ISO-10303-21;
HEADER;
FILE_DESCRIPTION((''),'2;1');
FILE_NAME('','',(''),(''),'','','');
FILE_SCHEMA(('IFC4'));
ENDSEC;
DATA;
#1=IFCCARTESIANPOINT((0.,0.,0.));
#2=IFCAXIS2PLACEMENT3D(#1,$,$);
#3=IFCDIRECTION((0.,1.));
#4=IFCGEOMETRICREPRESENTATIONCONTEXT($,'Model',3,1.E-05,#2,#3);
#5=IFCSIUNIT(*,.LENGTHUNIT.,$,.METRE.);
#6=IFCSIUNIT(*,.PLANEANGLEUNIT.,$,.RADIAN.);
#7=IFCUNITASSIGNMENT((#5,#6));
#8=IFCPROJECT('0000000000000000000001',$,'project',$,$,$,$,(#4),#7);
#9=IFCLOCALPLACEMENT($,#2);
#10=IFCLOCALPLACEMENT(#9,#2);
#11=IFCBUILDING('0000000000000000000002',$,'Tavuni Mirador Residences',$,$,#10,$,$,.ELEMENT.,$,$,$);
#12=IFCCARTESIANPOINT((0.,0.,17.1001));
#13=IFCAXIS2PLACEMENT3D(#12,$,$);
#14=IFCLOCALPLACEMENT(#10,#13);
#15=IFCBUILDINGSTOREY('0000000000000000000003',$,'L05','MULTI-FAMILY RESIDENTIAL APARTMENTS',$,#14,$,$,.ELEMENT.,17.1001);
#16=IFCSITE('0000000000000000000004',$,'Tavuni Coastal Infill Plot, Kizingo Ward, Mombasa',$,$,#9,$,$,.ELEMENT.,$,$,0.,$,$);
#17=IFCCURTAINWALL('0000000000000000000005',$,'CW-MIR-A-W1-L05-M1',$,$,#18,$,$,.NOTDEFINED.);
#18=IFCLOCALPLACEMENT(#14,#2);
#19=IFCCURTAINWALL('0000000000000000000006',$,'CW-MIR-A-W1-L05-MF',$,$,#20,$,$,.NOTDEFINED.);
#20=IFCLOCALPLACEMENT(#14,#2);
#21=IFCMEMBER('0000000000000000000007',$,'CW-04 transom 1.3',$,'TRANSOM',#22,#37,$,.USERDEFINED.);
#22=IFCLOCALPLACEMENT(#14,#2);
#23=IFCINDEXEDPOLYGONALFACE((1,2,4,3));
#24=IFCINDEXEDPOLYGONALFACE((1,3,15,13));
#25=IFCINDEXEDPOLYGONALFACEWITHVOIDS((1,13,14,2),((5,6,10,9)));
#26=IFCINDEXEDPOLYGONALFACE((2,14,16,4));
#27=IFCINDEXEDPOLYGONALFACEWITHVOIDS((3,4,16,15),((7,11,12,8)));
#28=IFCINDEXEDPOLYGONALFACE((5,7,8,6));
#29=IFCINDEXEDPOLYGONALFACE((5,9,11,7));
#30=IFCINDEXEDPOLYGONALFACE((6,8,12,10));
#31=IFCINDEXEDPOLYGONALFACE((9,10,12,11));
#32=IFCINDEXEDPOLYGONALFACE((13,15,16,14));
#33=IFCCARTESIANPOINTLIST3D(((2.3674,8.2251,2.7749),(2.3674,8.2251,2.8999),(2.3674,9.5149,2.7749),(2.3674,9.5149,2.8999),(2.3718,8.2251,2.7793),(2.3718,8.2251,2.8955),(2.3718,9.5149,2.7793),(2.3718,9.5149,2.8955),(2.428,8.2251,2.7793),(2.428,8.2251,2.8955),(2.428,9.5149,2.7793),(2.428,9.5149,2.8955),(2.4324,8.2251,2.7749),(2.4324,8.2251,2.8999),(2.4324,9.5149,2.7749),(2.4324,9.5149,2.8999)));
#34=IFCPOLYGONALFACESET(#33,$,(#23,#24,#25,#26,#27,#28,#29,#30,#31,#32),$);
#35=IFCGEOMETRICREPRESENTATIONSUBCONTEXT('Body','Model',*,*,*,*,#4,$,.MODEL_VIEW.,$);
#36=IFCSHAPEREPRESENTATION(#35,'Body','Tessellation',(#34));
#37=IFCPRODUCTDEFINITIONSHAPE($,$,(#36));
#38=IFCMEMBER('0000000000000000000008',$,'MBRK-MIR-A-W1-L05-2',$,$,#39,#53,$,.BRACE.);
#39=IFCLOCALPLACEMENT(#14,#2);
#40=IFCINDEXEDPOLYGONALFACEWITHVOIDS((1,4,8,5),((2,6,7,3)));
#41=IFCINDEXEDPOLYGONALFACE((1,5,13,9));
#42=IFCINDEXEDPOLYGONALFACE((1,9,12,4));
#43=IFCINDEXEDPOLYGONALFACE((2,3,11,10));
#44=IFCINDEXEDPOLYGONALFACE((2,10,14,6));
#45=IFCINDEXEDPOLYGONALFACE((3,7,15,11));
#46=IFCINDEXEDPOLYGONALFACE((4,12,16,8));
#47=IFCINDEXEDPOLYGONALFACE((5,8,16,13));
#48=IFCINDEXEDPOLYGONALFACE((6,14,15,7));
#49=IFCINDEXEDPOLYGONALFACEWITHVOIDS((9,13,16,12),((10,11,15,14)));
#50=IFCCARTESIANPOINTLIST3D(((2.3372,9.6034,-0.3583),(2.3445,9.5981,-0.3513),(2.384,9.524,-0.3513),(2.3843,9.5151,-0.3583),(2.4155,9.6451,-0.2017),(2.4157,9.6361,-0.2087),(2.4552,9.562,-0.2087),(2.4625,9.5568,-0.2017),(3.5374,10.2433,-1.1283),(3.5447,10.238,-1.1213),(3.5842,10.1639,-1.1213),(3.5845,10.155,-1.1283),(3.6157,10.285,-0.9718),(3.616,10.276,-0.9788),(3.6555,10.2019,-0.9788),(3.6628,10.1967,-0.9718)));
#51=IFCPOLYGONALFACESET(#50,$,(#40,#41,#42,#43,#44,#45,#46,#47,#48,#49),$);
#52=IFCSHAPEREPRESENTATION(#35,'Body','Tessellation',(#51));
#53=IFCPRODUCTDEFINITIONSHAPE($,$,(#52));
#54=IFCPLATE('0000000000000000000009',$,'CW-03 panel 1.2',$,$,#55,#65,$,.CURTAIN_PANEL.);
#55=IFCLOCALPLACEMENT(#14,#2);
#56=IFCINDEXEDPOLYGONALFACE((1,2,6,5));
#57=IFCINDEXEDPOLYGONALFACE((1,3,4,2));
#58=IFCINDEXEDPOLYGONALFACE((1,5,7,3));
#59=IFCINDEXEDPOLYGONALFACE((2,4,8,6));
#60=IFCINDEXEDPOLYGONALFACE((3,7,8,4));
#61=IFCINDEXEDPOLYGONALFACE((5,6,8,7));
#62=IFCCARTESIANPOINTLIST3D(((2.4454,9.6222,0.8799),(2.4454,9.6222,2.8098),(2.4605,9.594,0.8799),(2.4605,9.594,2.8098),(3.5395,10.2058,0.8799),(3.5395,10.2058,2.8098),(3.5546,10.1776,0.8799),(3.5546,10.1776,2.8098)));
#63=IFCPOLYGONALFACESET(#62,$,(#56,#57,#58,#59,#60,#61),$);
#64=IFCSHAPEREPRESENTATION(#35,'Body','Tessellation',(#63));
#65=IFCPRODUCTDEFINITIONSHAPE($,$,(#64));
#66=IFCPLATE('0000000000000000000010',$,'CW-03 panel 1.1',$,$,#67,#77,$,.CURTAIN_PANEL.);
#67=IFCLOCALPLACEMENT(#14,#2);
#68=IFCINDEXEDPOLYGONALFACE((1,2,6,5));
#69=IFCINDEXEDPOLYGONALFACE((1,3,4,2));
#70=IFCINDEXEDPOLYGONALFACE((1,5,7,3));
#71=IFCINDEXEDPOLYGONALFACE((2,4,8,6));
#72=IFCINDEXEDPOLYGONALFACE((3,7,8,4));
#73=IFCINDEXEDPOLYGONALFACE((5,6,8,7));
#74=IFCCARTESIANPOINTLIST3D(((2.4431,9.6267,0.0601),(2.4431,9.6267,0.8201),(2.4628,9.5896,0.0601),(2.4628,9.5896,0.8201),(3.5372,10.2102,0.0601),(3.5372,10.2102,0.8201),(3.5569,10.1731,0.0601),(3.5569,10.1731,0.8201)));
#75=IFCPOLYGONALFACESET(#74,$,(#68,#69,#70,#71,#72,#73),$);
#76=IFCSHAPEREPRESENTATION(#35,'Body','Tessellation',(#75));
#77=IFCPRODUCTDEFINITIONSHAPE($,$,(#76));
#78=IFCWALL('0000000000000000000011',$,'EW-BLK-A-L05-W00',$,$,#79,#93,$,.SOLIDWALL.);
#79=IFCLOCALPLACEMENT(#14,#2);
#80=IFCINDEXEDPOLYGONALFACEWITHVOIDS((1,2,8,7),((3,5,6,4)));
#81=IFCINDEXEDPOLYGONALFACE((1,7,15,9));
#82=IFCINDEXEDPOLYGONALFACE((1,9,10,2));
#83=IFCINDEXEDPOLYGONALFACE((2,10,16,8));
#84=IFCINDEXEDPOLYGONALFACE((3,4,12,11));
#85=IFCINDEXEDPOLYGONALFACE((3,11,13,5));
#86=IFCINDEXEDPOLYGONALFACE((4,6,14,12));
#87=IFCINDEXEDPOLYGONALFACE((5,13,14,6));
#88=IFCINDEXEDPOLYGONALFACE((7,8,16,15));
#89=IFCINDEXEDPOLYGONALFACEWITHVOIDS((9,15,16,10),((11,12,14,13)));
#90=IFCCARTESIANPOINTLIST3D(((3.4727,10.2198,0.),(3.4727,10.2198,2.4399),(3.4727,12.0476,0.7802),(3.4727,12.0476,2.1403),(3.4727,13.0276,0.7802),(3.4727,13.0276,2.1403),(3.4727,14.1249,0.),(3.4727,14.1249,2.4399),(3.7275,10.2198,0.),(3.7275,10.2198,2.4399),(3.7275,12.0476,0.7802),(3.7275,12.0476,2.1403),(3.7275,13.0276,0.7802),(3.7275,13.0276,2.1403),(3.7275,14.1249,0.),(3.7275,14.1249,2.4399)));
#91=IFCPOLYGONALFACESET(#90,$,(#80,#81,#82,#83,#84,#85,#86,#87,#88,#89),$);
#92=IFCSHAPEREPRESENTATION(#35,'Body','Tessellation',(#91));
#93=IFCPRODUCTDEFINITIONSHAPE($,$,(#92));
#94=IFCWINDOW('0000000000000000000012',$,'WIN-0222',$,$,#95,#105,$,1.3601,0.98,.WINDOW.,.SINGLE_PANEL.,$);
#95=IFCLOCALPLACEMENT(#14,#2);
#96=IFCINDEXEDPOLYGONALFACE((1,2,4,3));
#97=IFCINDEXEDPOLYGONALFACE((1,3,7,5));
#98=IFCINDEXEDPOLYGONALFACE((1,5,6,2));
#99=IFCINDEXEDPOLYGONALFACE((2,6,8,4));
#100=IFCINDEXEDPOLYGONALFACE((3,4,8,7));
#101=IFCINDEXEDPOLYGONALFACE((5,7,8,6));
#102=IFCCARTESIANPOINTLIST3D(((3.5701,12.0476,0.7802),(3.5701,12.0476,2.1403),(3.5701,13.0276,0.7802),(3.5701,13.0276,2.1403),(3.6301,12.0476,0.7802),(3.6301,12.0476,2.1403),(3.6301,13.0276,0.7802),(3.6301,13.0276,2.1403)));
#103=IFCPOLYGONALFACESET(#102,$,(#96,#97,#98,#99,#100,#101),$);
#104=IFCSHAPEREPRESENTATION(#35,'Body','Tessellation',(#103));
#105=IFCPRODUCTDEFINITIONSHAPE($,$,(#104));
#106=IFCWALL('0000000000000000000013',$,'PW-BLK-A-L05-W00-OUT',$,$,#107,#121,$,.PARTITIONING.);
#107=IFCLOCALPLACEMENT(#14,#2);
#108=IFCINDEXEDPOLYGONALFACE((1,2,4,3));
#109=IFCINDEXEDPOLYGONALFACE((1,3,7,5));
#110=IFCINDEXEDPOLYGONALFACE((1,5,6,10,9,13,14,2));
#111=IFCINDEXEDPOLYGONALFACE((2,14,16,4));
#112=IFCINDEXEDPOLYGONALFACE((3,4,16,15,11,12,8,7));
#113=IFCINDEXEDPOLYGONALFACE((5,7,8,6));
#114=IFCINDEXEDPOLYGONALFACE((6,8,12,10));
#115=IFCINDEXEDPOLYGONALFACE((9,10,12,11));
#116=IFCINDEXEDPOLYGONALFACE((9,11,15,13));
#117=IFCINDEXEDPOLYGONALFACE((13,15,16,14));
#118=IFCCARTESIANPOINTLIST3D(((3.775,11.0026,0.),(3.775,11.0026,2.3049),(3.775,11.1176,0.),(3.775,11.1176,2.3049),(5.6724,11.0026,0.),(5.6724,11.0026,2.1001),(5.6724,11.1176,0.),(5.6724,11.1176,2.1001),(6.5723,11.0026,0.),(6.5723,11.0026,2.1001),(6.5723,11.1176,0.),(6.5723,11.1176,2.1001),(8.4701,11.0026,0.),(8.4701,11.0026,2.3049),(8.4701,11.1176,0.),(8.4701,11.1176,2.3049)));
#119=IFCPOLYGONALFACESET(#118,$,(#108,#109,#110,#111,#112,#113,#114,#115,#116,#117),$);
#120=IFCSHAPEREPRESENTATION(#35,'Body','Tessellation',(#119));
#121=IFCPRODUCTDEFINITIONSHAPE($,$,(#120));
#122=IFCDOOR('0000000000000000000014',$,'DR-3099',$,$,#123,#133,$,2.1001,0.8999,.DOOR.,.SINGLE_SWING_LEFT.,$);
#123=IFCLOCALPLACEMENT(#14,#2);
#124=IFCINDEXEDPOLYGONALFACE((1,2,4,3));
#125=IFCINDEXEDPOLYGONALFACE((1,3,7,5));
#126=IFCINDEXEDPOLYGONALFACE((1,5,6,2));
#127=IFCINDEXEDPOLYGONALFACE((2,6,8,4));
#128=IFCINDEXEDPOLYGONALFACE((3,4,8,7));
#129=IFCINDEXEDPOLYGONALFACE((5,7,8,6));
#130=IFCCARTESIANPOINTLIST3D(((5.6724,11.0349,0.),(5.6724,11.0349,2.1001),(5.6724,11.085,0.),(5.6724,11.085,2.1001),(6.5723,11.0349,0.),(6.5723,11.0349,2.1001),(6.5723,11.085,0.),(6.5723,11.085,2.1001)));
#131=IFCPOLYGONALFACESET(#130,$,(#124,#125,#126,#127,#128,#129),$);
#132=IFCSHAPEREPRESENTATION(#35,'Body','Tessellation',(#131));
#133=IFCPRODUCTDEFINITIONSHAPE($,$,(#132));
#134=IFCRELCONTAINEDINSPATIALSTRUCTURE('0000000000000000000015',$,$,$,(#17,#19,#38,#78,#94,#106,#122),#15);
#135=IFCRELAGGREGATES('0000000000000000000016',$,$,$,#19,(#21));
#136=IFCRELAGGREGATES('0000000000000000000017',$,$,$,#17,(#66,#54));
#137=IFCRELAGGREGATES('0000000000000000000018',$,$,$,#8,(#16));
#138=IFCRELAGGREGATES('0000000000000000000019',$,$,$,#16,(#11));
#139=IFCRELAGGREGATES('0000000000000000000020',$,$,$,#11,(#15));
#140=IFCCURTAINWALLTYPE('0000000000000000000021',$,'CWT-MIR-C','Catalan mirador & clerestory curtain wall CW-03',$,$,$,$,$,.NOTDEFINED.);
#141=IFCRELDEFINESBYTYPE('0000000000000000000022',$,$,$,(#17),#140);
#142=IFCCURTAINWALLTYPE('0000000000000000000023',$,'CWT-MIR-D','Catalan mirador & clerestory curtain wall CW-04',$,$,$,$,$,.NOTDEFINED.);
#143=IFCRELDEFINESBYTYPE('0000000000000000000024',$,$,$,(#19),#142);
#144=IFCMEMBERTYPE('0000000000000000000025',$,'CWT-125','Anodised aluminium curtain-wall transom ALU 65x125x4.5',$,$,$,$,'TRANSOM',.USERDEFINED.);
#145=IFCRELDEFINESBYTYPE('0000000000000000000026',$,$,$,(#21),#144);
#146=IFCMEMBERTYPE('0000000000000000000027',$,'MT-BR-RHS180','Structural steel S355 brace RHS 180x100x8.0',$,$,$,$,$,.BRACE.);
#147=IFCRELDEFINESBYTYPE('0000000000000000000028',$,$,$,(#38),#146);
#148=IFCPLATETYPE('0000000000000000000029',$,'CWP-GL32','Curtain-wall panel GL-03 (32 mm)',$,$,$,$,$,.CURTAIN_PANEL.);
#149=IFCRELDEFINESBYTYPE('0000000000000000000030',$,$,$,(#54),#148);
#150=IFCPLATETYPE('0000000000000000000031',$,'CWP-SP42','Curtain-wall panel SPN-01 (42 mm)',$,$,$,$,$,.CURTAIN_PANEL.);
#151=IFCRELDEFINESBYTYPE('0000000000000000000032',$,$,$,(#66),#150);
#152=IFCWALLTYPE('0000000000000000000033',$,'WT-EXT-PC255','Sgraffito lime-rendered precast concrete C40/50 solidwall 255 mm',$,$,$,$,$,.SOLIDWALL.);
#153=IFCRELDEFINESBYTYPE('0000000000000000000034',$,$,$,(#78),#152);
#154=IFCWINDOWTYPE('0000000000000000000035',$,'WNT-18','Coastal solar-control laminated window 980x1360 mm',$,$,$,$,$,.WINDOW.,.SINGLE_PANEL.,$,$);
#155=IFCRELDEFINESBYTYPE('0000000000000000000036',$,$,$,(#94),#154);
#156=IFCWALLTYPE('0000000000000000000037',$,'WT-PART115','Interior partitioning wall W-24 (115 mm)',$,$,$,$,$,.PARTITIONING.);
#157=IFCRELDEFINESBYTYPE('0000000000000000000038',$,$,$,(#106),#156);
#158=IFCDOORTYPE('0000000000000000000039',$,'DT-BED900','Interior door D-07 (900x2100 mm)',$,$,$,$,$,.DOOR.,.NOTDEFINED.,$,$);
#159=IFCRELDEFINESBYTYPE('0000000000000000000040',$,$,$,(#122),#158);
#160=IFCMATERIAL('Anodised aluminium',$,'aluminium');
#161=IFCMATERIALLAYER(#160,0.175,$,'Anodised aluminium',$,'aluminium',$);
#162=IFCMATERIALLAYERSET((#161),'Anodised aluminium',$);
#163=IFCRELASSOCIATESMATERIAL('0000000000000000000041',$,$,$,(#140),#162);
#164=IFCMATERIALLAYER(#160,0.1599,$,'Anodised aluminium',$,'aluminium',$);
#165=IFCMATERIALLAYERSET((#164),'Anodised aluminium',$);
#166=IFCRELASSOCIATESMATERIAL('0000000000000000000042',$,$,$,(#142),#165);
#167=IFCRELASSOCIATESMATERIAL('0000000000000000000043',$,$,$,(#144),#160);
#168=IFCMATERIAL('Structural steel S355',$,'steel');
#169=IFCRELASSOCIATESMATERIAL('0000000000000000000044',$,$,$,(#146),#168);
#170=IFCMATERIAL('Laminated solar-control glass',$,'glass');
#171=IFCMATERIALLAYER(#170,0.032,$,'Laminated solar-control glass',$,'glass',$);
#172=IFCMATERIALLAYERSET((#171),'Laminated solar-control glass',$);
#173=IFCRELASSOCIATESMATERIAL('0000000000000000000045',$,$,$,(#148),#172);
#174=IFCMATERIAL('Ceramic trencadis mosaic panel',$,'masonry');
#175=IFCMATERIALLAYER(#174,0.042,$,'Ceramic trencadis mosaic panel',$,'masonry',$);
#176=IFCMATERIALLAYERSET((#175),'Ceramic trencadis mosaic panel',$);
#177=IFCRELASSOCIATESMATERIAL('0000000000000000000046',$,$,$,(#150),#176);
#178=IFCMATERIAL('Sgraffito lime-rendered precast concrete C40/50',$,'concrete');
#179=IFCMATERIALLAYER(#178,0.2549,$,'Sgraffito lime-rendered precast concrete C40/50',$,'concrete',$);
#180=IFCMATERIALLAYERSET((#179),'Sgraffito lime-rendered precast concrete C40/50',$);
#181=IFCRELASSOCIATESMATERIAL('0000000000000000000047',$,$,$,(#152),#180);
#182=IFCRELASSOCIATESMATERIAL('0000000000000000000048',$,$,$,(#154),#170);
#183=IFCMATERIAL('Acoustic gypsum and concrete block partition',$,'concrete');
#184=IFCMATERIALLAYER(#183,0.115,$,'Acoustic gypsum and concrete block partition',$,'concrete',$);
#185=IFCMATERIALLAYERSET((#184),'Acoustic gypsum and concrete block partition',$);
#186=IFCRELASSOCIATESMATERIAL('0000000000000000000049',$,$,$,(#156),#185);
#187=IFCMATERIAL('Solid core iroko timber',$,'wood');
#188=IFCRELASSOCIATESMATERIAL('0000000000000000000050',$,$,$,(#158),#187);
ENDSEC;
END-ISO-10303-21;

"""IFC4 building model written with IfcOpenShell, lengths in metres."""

from ifc_helpers import new_model, si_unit, direction, frame, frame_2d, origin, origin_2d, place, context, subcontext, project, spatial, rectangle, hollow_rectangle, extrude, material, layer, layer_set, material_profile, profile_set, type_object, element, fill, aggregate, save


model = new_model("IFC4")

# Units and contexts
model_context = context("Model", 3, precision=1e-05, world=origin(), true_north=direction((0.0, 1.0)))
body_context = subcontext(model_context, "Body", "Model", "MODEL_VIEW")
ifc_project = project(units=[si_unit("LENGTHUNIT", "METRE"), si_unit("PLANEANGLEUNIT", "RADIAN")], contexts=[model_context])

# Site, building, storey
site_placement = place(None, origin())
site = spatial("IfcSite", under=ifc_project, at=site_placement, Name="Tavuni Coastal Infill Plot, Kizingo Ward, Mombasa", CompositionType="ELEMENT", RefElevation=0.0)
building_placement = place(site_placement, origin())
building = spatial("IfcBuilding", under=site, at=building_placement, Name="Tavuni Mirador Residences", CompositionType="ELEMENT")
storey_placement = place(building_placement, frame((0.0, 0.0, 17.1001)))
storey = spatial("IfcBuildingStorey", under=building, at=storey_placement, Name="L05", Description="MULTI-FAMILY RESIDENTIAL APARTMENTS", CompositionType="ELEMENT", Elevation=17.1001)

# Curtain wall
ifc_material_1 = material(Name="Anodised aluminium", Category="aluminium")
ifc_layer_1 = layer(ifc_material_1, 0.175, Name="Anodised aluminium", Category="aluminium")
ifc_layer_set_1 = layer_set([ifc_layer_1], Name="Anodised aluminium")
curtain_wall_type_1 = type_object("IfcCurtainWallType", Name="CWT-MIR-C", Description="Catalan mirador & clerestory curtain wall CW-03", PredefinedType="NOTDEFINED", material=ifc_layer_set_1)
curtain_wall_1_placement = place(storey_placement, origin())
curtain_wall_1 = element("IfcCurtainWall", 1, at=curtain_wall_1_placement, inside=storey, type_object=curtain_wall_type_1, Name="CW-MIR-A-W1-L05-M1", PredefinedType="NOTDEFINED")

# Curtain wall
ifc_layer_2 = layer(ifc_material_1, 0.1599, Name="Anodised aluminium", Category="aluminium")
ifc_layer_set_2 = layer_set([ifc_layer_2], Name="Anodised aluminium")
curtain_wall_type_2 = type_object("IfcCurtainWallType", Name="CWT-MIR-D", Description="Catalan mirador & clerestory curtain wall CW-04", PredefinedType="NOTDEFINED", material=ifc_layer_set_2)
curtain_wall_2_placement = place(storey_placement, origin())
curtain_wall_2 = element("IfcCurtainWall", 2, at=curtain_wall_2_placement, inside=storey, type_object=curtain_wall_type_2, Name="CW-MIR-A-W1-L05-MF", PredefinedType="NOTDEFINED")

# Members
ifc_material_profile_1 = material_profile(ifc_material_1, hollow_rectangle(XDim=0.0649, YDim=0.125, WallThickness=0.0044, at=origin_2d()), Name="ALU 65x125x4.5", Category="aluminium")
ifc_profile_set_1 = profile_set([ifc_material_profile_1], Name="Anodised aluminium")
member_type_1 = type_object("IfcMemberType", Name="CWT-125", Description="Anodised aluminium curtain-wall transom ALU 65x125x4.5", ElementType="TRANSOM", PredefinedType="USERDEFINED", material=ifc_profile_set_1)
member_1_placement = place(storey_placement, frame((2.3999, 9.5149, 2.8374), z_axis=(0.0, -1.0, 0.0), x_axis=(1.0, 0.0, 0.0)))
member_1 = element("IfcMember", 3, at=member_1_placement, type_object=member_type_1, Name="CW-04 transom 1.3", ObjectType="TRANSOM", PredefinedType="USERDEFINED", context=body_context, shape_type="SweptSolid", body=[
    extrude(hollow_rectangle(XDim=0.0649, YDim=0.125, WallThickness=0.0044, at=origin_2d()), origin(), (0.0, 0.0, 1.0), 1.2898),
])
aggregate(curtain_wall_2, [member_1])
ifc_material_2 = material(Name="Structural steel S355", Category="steel")
ifc_material_profile_2 = material_profile(ifc_material_2, hollow_rectangle(XDim=0.1001, YDim=0.1799, WallThickness=0.0081, at=origin_2d()), Name="RHS 180x100x8.0", Category="steel")
ifc_profile_set_2 = profile_set([ifc_material_profile_2], Name="Structural steel S355")
member_type_2 = type_object("IfcMemberType", Name="MT-BR-RHS180", Description="Structural steel S355 brace RHS 180x100x8.0", PredefinedType="BRACE", material=ifc_profile_set_2)
member_2_placement = place(storey_placement, frame((3.6001, 10.22, -1.05), z_axis=(-0.767896, -0.409409, 0.492666), x_axis=(0.470467, -0.882418, 0.0)))
element("IfcMember", 4, at=member_2_placement, inside=storey, type_object=member_type_2, Name="MBRK-MIR-A-W1-L05-2", PredefinedType="BRACE", context=body_context, shape_type="SweptSolid", body=[
    extrude(hollow_rectangle(XDim=0.1001, YDim=0.1799, WallThickness=0.0081, at=origin_2d()), origin(), (0.0, 0.0, 1.0), 1.563),
])

# Plates
ifc_material_3 = material(Name="Laminated solar-control glass", Category="glass")
ifc_layer_3 = layer(ifc_material_3, 0.032, Name="Laminated solar-control glass", Category="glass")
ifc_layer_set_3 = layer_set([ifc_layer_3], Name="Laminated solar-control glass")
plate_type_1 = type_object("IfcPlateType", Name="CWP-GL32", Description="Curtain-wall panel GL-03 (32 mm)", PredefinedType="CURTAIN_PANEL", material=ifc_layer_set_3)
plate_1_placement = place(storey_placement, frame((3.0, 9.8999, 0.8799), z_axis=(0.0, 0.0, 1.0), x_axis=(-0.882353, -0.470588, 0.0)))
plate_1 = element("IfcPlate", 5, at=plate_1_placement, type_object=plate_type_1, Name="CW-03 panel 1.2", PredefinedType="CURTAIN_PANEL", context=body_context, shape_type="SweptSolid", body=[
    extrude(rectangle(XDim=1.24, YDim=0.032, at=origin_2d()), origin(), (0.0, 0.0, 1.0), 1.9299),
])
ifc_material_4 = material(Name="Ceramic trencadis mosaic panel", Category="masonry")
ifc_layer_4 = layer(ifc_material_4, 0.042, Name="Ceramic trencadis mosaic panel", Category="masonry")
ifc_layer_set_4 = layer_set([ifc_layer_4], Name="Ceramic trencadis mosaic panel")
plate_type_2 = type_object("IfcPlateType", Name="CWP-SP42", Description="Curtain-wall panel SPN-01 (42 mm)", PredefinedType="CURTAIN_PANEL", material=ifc_layer_set_4)
plate_2_placement = place(storey_placement, frame((3.0, 9.8999, 0.0601), z_axis=(0.0, 0.0, 1.0), x_axis=(-0.882353, -0.470588, 0.0)))
plate_2 = element("IfcPlate", 6, at=plate_2_placement, type_object=plate_type_2, Name="CW-03 panel 1.1", PredefinedType="CURTAIN_PANEL", context=body_context, shape_type="SweptSolid", body=[
    extrude(rectangle(XDim=1.24, YDim=0.042, at=origin_2d()), origin(), (0.0, 0.0, 1.0), 0.76),
])
aggregate(curtain_wall_1, [plate_2, plate_1])

# Wall, opening, window
ifc_material_5 = material(Name="Sgraffito lime-rendered precast concrete C40/50", Category="concrete")
ifc_layer_5 = layer(ifc_material_5, 0.2549, Name="Sgraffito lime-rendered precast concrete C40/50", Category="concrete")
ifc_layer_set_5 = layer_set([ifc_layer_5], Name="Sgraffito lime-rendered precast concrete C40/50")
wall_type_1 = type_object("IfcWallType", Name="WT-EXT-PC255", Description="Sgraffito lime-rendered precast concrete C40/50 solidwall 255 mm", PredefinedType="SOLIDWALL", material=ifc_layer_set_5)
wall_1_placement = place(storey_placement, frame((3.6001, 14.125, 0.0), z_axis=(0.0, 0.0, 1.0), x_axis=(0.0, -1.0, 0.0)))
wall_1 = element("IfcWall", 7, at=wall_1_placement, inside=storey, type_object=wall_type_1, Name="EW-BLK-A-L05-W00", PredefinedType="SOLIDWALL", context=body_context, shape_type="SweptSolid", body=[
    extrude(rectangle(XDim=3.905, YDim=0.2549, at=frame_2d((1.9526, 0.0))), origin(), (0.0, 0.0, 1.0), 2.4399),
])
opening_1_placement = place(wall_1_placement, frame((1.0974, 0.0, 0.78)))
opening_1 = element("IfcOpeningElement", 8, at=opening_1_placement, cuts=wall_1, PredefinedType="OPENING", context=body_context, shape_type="SweptSolid", body=[
    extrude(rectangle(XDim=0.98, YDim=1.3601, at=frame_2d((0.49, 0.6802))), frame((0.0, 0.1375, 0.0), z_axis=(0.0, -1.0, 0.0), x_axis=(1.0, 0.0, 0.0)), (0.0, 0.0, 1.0), 0.2749),
])
window_type = type_object("IfcWindowType", Name="WNT-18", Description="Coastal solar-control laminated window 980x1360 mm", PartitioningType="SINGLE_PANEL", PredefinedType="WINDOW", material=ifc_material_3)
window_placement = place(opening_1_placement, origin())
window = element("IfcWindow", 9, at=window_placement, inside=storey, type_object=window_type, Name="WIN-0222", OverallHeight=1.3601, OverallWidth=0.98, PartitioningType="SINGLE_PANEL", PredefinedType="WINDOW", context=body_context, shape_type="SweptSolid", body=[
    extrude(rectangle(XDim=0.98, YDim=1.3601, at=frame_2d((0.49, 0.6802))), frame((0.0, 0.03, 0.0), z_axis=(0.0, -1.0, 0.0), x_axis=(1.0, 0.0, 0.0)), (0.0, 0.0, 1.0), 0.0601),
])
fill(opening_1, window)

# Wall, opening, door
ifc_material_6 = material(Name="Acoustic gypsum and concrete block partition", Category="concrete")
ifc_layer_6 = layer(ifc_material_6, 0.115, Name="Acoustic gypsum and concrete block partition", Category="concrete")
ifc_layer_set_6 = layer_set([ifc_layer_6], Name="Acoustic gypsum and concrete block partition")
wall_type_2 = type_object("IfcWallType", Name="WT-PART115", Description="Interior partitioning wall W-24 (115 mm)", PredefinedType="PARTITIONING", material=ifc_layer_set_6)
wall_2_placement = place(storey_placement, frame((3.7749, 11.0601, 0.0), z_axis=(0.0, 0.0, 1.0), x_axis=(1.0, 0.0, 0.0)))
wall_2 = element("IfcWall", 10, at=wall_2_placement, inside=storey, type_object=wall_type_2, Name="PW-BLK-A-L05-W00-OUT", PredefinedType="PARTITIONING", context=body_context, shape_type="SweptSolid", body=[
    extrude(rectangle(XDim=4.6951, YDim=0.115, at=frame_2d((2.3477, 0.0))), origin(), (0.0, 0.0, 1.0), 2.3049),
])
opening_2_placement = place(wall_2_placement, frame((1.8975, 0.0, 0.0)))
opening_2 = element("IfcOpeningElement", 11, at=opening_2_placement, cuts=wall_2, PredefinedType="OPENING", context=body_context, shape_type="SweptSolid", body=[
    extrude(rectangle(XDim=0.8999, YDim=2.1001, at=frame_2d((0.45, 1.05))), frame((0.0, 0.0674, 0.0), z_axis=(0.0, -1.0, 0.0), x_axis=(1.0, 0.0, 0.0)), (0.0, 0.0, 1.0), 0.135),
])
ifc_material_7 = material(Name="Solid core iroko timber", Category="wood")
door_type_1 = type_object("IfcDoorType", Name="DT-BED900", Description="Interior door D-07 (900x2100 mm)", OperationType="NOTDEFINED", PredefinedType="DOOR", material=ifc_material_7)
door_1_placement = place(opening_2_placement, origin())
door_1 = element("IfcDoor", 12, at=door_1_placement, inside=storey, type_object=door_type_1, Name="DR-3099", OperationType="SINGLE_SWING_LEFT", OverallHeight=2.1001, OverallWidth=0.8999, PredefinedType="DOOR", context=body_context, shape_type="SweptSolid", body=[
    extrude(rectangle(XDim=0.8999, YDim=2.1001, at=frame_2d((0.45, 1.05))), frame((0.0, 0.0249, 0.0), z_axis=(0.0, -1.0, 0.0), x_axis=(1.0, 0.0, 0.0)), (0.0, 0.0, 1.0), 0.05),
])
fill(opening_2, door_1)

save(model, "model.ifc")
